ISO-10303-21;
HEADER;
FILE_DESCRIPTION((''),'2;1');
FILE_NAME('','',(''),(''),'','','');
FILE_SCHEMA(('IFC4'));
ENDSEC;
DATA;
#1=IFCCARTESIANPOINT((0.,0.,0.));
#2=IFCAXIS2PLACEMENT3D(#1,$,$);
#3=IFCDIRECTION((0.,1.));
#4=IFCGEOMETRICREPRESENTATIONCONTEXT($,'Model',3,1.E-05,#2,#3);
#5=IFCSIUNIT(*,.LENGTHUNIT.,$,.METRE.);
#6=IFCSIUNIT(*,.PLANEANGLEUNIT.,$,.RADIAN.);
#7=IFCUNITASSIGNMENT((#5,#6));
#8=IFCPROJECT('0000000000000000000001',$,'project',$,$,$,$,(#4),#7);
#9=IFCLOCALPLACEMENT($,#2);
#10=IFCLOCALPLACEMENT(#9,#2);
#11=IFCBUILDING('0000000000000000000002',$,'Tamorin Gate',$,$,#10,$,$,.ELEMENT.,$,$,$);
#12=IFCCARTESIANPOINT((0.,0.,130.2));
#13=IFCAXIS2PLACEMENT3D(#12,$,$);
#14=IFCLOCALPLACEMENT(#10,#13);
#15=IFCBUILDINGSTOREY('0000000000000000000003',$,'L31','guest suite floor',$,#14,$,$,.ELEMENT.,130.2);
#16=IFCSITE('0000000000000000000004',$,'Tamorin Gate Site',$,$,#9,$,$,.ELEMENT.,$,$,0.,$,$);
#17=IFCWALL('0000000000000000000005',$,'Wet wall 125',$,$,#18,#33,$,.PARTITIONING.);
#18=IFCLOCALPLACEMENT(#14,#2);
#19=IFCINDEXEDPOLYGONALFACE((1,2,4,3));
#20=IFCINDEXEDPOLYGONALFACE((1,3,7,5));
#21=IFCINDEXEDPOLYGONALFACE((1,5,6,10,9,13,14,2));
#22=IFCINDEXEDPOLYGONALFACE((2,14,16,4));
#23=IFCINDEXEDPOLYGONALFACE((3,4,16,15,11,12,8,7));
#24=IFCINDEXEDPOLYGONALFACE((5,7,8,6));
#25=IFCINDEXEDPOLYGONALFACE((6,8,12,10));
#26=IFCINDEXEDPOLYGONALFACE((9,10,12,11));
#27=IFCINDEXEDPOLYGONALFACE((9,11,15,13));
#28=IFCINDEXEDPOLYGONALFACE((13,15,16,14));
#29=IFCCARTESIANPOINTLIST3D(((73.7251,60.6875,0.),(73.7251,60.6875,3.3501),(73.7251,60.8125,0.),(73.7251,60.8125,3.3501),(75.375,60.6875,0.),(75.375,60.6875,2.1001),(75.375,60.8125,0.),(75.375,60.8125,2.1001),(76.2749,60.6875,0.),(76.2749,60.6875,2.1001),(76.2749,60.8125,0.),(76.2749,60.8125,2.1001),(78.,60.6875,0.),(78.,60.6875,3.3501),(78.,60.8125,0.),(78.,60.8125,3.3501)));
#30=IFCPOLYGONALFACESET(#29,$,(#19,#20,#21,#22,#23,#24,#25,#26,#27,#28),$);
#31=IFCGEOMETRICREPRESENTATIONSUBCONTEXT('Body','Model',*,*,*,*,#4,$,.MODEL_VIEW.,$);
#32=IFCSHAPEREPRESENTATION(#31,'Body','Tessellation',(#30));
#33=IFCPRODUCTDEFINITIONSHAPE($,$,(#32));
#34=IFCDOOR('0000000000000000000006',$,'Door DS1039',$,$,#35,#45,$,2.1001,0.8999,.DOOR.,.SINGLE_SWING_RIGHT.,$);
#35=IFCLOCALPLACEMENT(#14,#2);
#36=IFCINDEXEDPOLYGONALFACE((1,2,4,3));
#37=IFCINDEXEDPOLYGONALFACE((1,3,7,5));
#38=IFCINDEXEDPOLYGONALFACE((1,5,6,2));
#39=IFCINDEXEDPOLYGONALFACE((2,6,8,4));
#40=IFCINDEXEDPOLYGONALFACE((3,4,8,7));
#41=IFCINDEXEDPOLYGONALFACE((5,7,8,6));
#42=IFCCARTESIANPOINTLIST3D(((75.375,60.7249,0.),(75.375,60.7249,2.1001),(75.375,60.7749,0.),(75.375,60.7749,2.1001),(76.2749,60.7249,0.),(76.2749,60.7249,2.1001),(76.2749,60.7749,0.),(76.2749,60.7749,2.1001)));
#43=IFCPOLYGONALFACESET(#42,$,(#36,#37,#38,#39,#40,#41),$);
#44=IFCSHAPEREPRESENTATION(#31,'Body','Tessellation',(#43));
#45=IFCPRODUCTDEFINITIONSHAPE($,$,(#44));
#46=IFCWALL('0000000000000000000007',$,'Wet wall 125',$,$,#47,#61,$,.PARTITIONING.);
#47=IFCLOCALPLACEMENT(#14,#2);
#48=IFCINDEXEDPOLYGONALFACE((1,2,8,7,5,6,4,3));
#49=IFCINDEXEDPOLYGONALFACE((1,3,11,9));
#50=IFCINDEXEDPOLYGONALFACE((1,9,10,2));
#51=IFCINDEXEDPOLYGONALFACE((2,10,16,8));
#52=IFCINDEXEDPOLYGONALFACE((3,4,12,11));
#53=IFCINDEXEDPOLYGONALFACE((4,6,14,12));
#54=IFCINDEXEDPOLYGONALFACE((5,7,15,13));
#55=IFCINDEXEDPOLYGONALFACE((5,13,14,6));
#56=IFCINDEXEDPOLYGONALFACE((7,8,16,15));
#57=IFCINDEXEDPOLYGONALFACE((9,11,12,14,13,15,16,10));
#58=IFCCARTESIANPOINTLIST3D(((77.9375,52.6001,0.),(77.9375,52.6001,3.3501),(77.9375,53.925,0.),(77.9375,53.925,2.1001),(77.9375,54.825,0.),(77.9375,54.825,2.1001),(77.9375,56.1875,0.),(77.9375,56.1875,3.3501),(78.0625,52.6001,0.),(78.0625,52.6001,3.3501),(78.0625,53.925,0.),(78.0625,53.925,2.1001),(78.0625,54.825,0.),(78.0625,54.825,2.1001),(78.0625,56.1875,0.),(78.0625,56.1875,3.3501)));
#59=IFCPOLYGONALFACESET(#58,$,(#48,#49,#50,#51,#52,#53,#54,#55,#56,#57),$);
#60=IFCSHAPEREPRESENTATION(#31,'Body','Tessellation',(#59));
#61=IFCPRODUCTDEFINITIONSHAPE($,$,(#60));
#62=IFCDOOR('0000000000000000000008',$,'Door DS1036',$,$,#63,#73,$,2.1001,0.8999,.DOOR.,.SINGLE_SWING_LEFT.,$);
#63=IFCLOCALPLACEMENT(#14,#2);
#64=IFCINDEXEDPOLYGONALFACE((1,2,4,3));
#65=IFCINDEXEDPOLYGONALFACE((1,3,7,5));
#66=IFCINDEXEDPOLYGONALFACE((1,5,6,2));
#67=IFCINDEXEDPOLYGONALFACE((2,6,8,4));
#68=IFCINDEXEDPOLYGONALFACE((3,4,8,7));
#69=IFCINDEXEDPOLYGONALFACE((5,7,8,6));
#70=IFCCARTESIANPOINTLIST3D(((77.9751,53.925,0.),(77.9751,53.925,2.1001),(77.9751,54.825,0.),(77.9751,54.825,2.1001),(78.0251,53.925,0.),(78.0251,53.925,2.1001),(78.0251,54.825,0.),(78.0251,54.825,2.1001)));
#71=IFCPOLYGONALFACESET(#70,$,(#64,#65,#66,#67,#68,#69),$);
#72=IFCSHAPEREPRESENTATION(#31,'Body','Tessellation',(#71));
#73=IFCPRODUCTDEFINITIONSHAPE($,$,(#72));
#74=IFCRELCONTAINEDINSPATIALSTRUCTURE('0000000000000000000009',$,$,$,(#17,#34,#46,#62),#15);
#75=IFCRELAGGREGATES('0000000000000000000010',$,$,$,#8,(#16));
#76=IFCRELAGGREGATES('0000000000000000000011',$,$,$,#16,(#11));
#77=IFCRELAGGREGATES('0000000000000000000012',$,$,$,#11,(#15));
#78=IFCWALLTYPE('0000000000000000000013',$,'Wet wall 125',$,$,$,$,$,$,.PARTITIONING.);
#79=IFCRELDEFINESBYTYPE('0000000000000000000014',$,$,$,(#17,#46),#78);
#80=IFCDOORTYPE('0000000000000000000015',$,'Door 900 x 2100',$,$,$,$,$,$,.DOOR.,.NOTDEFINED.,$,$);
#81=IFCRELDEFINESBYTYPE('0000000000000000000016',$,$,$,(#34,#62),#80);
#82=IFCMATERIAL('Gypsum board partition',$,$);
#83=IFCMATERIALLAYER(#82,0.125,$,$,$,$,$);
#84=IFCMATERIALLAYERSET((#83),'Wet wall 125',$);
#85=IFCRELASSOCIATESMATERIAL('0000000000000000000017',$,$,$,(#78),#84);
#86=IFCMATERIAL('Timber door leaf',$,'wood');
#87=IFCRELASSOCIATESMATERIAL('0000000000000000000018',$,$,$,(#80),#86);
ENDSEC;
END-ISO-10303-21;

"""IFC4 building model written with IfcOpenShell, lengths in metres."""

from ifc_helpers import new_model, si_unit, direction, frame, frame_2d, origin, place, context, subcontext, project, spatial, rectangle, extrude, material, layer, layer_set, type_object, element, fill, save


model = new_model("IFC4")

# Units and contexts
model_context = context("Model", 3, precision=1e-05, world=origin(), true_north=direction((0.0, 1.0)))
body_context = subcontext(model_context, "Body", "Model", "MODEL_VIEW")
ifc_project = project(units=[si_unit("LENGTHUNIT", "METRE"), si_unit("PLANEANGLEUNIT", "RADIAN")], contexts=[model_context])

# Site, building, storey
site_placement = place(None, origin())
site = spatial("IfcSite", under=ifc_project, at=site_placement, Name="Tamorin Gate Site", CompositionType="ELEMENT", RefElevation=0.0)
building_placement = place(site_placement, origin())
building = spatial("IfcBuilding", under=site, at=building_placement, Name="Tamorin Gate", CompositionType="ELEMENT")
storey_placement = place(building_placement, frame((0.0, 0.0, 130.2)))
storey = spatial("IfcBuildingStorey", under=building, at=storey_placement, Name="L31", Description="guest suite floor", CompositionType="ELEMENT", Elevation=130.2)

# Shared definitions
ifc_material_1 = material(Name="Gypsum board partition")
ifc_material_2 = material(Name="Timber door leaf", Category="wood")

# Shared definitions
ifc_layer_1 = layer(ifc_material_1, 0.125)
ifc_layer_set_1 = layer_set([ifc_layer_1], Name="Wet wall 125")
wall_type_1 = type_object("IfcWallType", Name="Wet wall 125", PredefinedType="PARTITIONING", material=ifc_layer_set_1)

# Walls, openings, doors
wall_1_placement = place(storey_placement, frame((73.7251, 60.75, 0.0), z_axis=(0.0, 0.0, 1.0), x_axis=(1.0, 0.0, 0.0)))
wall_1 = element("IfcWall", 1, at=wall_1_placement, inside=storey, type_object=wall_type_1, Name="Wet wall 125", PredefinedType="PARTITIONING", context=body_context, shape_type="SweptSolid", body=[
    extrude(rectangle(XDim=4.2749, YDim=0.125, at=frame_2d((2.1375, 0.0))), origin(), (0.0, 0.0, 1.0), 3.3501),
])
opening_1_placement = place(wall_1_placement, frame((1.6499, 0.0, 0.0)))
opening_1 = element("IfcOpeningElement", 2, at=opening_1_placement, cuts=wall_1, PredefinedType="OPENING", context=body_context, shape_type="SweptSolid", body=[
    extrude(rectangle(XDim=0.8999, YDim=2.1001, at=frame_2d((0.45, 1.05))), frame((0.0, 0.0725, 0.0), z_axis=(0.0, -1.0, 0.0), x_axis=(1.0, 0.0, 0.0)), (0.0, 0.0, 1.0), 0.145),
])
door_type_1 = type_object("IfcDoorType", Name="Door 900 x 2100", OperationType="NOTDEFINED", PredefinedType="DOOR", material=ifc_material_2)
door_1_placement = place(opening_1_placement, origin())
door_1 = element("IfcDoor", 3, at=door_1_placement, inside=storey, type_object=door_type_1, Name="Door DS1039", OperationType="SINGLE_SWING_RIGHT", OverallHeight=2.1001, OverallWidth=0.8999, PredefinedType="DOOR", context=body_context, shape_type="SweptSolid", body=[
    extrude(rectangle(XDim=0.8999, YDim=2.1001, at=frame_2d((0.45, 1.05))), frame((0.0, 0.0249, 0.0), z_axis=(0.0, -1.0, 0.0), x_axis=(1.0, 0.0, 0.0)), (0.0, 0.0, 1.0), 0.05),
])
fill(opening_1, door_1)
wall_2_placement = place(storey_placement, frame((78.0, 52.6001, 0.0), z_axis=(0.0, 0.0, 1.0), x_axis=(0.0, 1.0, 0.0)))
wall_2 = element("IfcWall", 4, at=wall_2_placement, inside=storey, type_object=wall_type_1, Name="Wet wall 125", PredefinedType="PARTITIONING", context=body_context, shape_type="SweptSolid", body=[
    extrude(rectangle(XDim=3.5874, YDim=0.125, at=frame_2d((1.7937, 0.0))), origin(), (0.0, 0.0, 1.0), 3.3501),
])
opening_2_placement = place(wall_2_placement, frame((1.325, 0.0, 0.0)))
opening_2 = element("IfcOpeningElement", 5, at=opening_2_placement, cuts=wall_2, PredefinedType="OPENING", context=body_context, shape_type="SweptSolid", body=[
    extrude(rectangle(XDim=0.8999, YDim=2.1001, at=frame_2d((0.45, 1.05))), frame((0.0, 0.0725, 0.0), z_axis=(0.0, -1.0, 0.0), x_axis=(1.0, 0.0, 0.0)), (0.0, 0.0, 1.0), 0.145),
])
door_2_placement = place(opening_2_placement, origin())
door_2 = element("IfcDoor", 6, at=door_2_placement, inside=storey, type_object=door_type_1, Name="Door DS1036", OperationType="SINGLE_SWING_LEFT", OverallHeight=2.1001, OverallWidth=0.8999, PredefinedType="DOOR", context=body_context, shape_type="SweptSolid", body=[
    extrude(rectangle(XDim=0.8999, YDim=2.1001, at=frame_2d((0.45, 1.05))), frame((0.0, 0.0249, 0.0), z_axis=(0.0, -1.0, 0.0), x_axis=(1.0, 0.0, 0.0)), (0.0, 0.0, 1.0), 0.05),
])
fill(opening_2, door_2)

save(model, "model.ifc")
